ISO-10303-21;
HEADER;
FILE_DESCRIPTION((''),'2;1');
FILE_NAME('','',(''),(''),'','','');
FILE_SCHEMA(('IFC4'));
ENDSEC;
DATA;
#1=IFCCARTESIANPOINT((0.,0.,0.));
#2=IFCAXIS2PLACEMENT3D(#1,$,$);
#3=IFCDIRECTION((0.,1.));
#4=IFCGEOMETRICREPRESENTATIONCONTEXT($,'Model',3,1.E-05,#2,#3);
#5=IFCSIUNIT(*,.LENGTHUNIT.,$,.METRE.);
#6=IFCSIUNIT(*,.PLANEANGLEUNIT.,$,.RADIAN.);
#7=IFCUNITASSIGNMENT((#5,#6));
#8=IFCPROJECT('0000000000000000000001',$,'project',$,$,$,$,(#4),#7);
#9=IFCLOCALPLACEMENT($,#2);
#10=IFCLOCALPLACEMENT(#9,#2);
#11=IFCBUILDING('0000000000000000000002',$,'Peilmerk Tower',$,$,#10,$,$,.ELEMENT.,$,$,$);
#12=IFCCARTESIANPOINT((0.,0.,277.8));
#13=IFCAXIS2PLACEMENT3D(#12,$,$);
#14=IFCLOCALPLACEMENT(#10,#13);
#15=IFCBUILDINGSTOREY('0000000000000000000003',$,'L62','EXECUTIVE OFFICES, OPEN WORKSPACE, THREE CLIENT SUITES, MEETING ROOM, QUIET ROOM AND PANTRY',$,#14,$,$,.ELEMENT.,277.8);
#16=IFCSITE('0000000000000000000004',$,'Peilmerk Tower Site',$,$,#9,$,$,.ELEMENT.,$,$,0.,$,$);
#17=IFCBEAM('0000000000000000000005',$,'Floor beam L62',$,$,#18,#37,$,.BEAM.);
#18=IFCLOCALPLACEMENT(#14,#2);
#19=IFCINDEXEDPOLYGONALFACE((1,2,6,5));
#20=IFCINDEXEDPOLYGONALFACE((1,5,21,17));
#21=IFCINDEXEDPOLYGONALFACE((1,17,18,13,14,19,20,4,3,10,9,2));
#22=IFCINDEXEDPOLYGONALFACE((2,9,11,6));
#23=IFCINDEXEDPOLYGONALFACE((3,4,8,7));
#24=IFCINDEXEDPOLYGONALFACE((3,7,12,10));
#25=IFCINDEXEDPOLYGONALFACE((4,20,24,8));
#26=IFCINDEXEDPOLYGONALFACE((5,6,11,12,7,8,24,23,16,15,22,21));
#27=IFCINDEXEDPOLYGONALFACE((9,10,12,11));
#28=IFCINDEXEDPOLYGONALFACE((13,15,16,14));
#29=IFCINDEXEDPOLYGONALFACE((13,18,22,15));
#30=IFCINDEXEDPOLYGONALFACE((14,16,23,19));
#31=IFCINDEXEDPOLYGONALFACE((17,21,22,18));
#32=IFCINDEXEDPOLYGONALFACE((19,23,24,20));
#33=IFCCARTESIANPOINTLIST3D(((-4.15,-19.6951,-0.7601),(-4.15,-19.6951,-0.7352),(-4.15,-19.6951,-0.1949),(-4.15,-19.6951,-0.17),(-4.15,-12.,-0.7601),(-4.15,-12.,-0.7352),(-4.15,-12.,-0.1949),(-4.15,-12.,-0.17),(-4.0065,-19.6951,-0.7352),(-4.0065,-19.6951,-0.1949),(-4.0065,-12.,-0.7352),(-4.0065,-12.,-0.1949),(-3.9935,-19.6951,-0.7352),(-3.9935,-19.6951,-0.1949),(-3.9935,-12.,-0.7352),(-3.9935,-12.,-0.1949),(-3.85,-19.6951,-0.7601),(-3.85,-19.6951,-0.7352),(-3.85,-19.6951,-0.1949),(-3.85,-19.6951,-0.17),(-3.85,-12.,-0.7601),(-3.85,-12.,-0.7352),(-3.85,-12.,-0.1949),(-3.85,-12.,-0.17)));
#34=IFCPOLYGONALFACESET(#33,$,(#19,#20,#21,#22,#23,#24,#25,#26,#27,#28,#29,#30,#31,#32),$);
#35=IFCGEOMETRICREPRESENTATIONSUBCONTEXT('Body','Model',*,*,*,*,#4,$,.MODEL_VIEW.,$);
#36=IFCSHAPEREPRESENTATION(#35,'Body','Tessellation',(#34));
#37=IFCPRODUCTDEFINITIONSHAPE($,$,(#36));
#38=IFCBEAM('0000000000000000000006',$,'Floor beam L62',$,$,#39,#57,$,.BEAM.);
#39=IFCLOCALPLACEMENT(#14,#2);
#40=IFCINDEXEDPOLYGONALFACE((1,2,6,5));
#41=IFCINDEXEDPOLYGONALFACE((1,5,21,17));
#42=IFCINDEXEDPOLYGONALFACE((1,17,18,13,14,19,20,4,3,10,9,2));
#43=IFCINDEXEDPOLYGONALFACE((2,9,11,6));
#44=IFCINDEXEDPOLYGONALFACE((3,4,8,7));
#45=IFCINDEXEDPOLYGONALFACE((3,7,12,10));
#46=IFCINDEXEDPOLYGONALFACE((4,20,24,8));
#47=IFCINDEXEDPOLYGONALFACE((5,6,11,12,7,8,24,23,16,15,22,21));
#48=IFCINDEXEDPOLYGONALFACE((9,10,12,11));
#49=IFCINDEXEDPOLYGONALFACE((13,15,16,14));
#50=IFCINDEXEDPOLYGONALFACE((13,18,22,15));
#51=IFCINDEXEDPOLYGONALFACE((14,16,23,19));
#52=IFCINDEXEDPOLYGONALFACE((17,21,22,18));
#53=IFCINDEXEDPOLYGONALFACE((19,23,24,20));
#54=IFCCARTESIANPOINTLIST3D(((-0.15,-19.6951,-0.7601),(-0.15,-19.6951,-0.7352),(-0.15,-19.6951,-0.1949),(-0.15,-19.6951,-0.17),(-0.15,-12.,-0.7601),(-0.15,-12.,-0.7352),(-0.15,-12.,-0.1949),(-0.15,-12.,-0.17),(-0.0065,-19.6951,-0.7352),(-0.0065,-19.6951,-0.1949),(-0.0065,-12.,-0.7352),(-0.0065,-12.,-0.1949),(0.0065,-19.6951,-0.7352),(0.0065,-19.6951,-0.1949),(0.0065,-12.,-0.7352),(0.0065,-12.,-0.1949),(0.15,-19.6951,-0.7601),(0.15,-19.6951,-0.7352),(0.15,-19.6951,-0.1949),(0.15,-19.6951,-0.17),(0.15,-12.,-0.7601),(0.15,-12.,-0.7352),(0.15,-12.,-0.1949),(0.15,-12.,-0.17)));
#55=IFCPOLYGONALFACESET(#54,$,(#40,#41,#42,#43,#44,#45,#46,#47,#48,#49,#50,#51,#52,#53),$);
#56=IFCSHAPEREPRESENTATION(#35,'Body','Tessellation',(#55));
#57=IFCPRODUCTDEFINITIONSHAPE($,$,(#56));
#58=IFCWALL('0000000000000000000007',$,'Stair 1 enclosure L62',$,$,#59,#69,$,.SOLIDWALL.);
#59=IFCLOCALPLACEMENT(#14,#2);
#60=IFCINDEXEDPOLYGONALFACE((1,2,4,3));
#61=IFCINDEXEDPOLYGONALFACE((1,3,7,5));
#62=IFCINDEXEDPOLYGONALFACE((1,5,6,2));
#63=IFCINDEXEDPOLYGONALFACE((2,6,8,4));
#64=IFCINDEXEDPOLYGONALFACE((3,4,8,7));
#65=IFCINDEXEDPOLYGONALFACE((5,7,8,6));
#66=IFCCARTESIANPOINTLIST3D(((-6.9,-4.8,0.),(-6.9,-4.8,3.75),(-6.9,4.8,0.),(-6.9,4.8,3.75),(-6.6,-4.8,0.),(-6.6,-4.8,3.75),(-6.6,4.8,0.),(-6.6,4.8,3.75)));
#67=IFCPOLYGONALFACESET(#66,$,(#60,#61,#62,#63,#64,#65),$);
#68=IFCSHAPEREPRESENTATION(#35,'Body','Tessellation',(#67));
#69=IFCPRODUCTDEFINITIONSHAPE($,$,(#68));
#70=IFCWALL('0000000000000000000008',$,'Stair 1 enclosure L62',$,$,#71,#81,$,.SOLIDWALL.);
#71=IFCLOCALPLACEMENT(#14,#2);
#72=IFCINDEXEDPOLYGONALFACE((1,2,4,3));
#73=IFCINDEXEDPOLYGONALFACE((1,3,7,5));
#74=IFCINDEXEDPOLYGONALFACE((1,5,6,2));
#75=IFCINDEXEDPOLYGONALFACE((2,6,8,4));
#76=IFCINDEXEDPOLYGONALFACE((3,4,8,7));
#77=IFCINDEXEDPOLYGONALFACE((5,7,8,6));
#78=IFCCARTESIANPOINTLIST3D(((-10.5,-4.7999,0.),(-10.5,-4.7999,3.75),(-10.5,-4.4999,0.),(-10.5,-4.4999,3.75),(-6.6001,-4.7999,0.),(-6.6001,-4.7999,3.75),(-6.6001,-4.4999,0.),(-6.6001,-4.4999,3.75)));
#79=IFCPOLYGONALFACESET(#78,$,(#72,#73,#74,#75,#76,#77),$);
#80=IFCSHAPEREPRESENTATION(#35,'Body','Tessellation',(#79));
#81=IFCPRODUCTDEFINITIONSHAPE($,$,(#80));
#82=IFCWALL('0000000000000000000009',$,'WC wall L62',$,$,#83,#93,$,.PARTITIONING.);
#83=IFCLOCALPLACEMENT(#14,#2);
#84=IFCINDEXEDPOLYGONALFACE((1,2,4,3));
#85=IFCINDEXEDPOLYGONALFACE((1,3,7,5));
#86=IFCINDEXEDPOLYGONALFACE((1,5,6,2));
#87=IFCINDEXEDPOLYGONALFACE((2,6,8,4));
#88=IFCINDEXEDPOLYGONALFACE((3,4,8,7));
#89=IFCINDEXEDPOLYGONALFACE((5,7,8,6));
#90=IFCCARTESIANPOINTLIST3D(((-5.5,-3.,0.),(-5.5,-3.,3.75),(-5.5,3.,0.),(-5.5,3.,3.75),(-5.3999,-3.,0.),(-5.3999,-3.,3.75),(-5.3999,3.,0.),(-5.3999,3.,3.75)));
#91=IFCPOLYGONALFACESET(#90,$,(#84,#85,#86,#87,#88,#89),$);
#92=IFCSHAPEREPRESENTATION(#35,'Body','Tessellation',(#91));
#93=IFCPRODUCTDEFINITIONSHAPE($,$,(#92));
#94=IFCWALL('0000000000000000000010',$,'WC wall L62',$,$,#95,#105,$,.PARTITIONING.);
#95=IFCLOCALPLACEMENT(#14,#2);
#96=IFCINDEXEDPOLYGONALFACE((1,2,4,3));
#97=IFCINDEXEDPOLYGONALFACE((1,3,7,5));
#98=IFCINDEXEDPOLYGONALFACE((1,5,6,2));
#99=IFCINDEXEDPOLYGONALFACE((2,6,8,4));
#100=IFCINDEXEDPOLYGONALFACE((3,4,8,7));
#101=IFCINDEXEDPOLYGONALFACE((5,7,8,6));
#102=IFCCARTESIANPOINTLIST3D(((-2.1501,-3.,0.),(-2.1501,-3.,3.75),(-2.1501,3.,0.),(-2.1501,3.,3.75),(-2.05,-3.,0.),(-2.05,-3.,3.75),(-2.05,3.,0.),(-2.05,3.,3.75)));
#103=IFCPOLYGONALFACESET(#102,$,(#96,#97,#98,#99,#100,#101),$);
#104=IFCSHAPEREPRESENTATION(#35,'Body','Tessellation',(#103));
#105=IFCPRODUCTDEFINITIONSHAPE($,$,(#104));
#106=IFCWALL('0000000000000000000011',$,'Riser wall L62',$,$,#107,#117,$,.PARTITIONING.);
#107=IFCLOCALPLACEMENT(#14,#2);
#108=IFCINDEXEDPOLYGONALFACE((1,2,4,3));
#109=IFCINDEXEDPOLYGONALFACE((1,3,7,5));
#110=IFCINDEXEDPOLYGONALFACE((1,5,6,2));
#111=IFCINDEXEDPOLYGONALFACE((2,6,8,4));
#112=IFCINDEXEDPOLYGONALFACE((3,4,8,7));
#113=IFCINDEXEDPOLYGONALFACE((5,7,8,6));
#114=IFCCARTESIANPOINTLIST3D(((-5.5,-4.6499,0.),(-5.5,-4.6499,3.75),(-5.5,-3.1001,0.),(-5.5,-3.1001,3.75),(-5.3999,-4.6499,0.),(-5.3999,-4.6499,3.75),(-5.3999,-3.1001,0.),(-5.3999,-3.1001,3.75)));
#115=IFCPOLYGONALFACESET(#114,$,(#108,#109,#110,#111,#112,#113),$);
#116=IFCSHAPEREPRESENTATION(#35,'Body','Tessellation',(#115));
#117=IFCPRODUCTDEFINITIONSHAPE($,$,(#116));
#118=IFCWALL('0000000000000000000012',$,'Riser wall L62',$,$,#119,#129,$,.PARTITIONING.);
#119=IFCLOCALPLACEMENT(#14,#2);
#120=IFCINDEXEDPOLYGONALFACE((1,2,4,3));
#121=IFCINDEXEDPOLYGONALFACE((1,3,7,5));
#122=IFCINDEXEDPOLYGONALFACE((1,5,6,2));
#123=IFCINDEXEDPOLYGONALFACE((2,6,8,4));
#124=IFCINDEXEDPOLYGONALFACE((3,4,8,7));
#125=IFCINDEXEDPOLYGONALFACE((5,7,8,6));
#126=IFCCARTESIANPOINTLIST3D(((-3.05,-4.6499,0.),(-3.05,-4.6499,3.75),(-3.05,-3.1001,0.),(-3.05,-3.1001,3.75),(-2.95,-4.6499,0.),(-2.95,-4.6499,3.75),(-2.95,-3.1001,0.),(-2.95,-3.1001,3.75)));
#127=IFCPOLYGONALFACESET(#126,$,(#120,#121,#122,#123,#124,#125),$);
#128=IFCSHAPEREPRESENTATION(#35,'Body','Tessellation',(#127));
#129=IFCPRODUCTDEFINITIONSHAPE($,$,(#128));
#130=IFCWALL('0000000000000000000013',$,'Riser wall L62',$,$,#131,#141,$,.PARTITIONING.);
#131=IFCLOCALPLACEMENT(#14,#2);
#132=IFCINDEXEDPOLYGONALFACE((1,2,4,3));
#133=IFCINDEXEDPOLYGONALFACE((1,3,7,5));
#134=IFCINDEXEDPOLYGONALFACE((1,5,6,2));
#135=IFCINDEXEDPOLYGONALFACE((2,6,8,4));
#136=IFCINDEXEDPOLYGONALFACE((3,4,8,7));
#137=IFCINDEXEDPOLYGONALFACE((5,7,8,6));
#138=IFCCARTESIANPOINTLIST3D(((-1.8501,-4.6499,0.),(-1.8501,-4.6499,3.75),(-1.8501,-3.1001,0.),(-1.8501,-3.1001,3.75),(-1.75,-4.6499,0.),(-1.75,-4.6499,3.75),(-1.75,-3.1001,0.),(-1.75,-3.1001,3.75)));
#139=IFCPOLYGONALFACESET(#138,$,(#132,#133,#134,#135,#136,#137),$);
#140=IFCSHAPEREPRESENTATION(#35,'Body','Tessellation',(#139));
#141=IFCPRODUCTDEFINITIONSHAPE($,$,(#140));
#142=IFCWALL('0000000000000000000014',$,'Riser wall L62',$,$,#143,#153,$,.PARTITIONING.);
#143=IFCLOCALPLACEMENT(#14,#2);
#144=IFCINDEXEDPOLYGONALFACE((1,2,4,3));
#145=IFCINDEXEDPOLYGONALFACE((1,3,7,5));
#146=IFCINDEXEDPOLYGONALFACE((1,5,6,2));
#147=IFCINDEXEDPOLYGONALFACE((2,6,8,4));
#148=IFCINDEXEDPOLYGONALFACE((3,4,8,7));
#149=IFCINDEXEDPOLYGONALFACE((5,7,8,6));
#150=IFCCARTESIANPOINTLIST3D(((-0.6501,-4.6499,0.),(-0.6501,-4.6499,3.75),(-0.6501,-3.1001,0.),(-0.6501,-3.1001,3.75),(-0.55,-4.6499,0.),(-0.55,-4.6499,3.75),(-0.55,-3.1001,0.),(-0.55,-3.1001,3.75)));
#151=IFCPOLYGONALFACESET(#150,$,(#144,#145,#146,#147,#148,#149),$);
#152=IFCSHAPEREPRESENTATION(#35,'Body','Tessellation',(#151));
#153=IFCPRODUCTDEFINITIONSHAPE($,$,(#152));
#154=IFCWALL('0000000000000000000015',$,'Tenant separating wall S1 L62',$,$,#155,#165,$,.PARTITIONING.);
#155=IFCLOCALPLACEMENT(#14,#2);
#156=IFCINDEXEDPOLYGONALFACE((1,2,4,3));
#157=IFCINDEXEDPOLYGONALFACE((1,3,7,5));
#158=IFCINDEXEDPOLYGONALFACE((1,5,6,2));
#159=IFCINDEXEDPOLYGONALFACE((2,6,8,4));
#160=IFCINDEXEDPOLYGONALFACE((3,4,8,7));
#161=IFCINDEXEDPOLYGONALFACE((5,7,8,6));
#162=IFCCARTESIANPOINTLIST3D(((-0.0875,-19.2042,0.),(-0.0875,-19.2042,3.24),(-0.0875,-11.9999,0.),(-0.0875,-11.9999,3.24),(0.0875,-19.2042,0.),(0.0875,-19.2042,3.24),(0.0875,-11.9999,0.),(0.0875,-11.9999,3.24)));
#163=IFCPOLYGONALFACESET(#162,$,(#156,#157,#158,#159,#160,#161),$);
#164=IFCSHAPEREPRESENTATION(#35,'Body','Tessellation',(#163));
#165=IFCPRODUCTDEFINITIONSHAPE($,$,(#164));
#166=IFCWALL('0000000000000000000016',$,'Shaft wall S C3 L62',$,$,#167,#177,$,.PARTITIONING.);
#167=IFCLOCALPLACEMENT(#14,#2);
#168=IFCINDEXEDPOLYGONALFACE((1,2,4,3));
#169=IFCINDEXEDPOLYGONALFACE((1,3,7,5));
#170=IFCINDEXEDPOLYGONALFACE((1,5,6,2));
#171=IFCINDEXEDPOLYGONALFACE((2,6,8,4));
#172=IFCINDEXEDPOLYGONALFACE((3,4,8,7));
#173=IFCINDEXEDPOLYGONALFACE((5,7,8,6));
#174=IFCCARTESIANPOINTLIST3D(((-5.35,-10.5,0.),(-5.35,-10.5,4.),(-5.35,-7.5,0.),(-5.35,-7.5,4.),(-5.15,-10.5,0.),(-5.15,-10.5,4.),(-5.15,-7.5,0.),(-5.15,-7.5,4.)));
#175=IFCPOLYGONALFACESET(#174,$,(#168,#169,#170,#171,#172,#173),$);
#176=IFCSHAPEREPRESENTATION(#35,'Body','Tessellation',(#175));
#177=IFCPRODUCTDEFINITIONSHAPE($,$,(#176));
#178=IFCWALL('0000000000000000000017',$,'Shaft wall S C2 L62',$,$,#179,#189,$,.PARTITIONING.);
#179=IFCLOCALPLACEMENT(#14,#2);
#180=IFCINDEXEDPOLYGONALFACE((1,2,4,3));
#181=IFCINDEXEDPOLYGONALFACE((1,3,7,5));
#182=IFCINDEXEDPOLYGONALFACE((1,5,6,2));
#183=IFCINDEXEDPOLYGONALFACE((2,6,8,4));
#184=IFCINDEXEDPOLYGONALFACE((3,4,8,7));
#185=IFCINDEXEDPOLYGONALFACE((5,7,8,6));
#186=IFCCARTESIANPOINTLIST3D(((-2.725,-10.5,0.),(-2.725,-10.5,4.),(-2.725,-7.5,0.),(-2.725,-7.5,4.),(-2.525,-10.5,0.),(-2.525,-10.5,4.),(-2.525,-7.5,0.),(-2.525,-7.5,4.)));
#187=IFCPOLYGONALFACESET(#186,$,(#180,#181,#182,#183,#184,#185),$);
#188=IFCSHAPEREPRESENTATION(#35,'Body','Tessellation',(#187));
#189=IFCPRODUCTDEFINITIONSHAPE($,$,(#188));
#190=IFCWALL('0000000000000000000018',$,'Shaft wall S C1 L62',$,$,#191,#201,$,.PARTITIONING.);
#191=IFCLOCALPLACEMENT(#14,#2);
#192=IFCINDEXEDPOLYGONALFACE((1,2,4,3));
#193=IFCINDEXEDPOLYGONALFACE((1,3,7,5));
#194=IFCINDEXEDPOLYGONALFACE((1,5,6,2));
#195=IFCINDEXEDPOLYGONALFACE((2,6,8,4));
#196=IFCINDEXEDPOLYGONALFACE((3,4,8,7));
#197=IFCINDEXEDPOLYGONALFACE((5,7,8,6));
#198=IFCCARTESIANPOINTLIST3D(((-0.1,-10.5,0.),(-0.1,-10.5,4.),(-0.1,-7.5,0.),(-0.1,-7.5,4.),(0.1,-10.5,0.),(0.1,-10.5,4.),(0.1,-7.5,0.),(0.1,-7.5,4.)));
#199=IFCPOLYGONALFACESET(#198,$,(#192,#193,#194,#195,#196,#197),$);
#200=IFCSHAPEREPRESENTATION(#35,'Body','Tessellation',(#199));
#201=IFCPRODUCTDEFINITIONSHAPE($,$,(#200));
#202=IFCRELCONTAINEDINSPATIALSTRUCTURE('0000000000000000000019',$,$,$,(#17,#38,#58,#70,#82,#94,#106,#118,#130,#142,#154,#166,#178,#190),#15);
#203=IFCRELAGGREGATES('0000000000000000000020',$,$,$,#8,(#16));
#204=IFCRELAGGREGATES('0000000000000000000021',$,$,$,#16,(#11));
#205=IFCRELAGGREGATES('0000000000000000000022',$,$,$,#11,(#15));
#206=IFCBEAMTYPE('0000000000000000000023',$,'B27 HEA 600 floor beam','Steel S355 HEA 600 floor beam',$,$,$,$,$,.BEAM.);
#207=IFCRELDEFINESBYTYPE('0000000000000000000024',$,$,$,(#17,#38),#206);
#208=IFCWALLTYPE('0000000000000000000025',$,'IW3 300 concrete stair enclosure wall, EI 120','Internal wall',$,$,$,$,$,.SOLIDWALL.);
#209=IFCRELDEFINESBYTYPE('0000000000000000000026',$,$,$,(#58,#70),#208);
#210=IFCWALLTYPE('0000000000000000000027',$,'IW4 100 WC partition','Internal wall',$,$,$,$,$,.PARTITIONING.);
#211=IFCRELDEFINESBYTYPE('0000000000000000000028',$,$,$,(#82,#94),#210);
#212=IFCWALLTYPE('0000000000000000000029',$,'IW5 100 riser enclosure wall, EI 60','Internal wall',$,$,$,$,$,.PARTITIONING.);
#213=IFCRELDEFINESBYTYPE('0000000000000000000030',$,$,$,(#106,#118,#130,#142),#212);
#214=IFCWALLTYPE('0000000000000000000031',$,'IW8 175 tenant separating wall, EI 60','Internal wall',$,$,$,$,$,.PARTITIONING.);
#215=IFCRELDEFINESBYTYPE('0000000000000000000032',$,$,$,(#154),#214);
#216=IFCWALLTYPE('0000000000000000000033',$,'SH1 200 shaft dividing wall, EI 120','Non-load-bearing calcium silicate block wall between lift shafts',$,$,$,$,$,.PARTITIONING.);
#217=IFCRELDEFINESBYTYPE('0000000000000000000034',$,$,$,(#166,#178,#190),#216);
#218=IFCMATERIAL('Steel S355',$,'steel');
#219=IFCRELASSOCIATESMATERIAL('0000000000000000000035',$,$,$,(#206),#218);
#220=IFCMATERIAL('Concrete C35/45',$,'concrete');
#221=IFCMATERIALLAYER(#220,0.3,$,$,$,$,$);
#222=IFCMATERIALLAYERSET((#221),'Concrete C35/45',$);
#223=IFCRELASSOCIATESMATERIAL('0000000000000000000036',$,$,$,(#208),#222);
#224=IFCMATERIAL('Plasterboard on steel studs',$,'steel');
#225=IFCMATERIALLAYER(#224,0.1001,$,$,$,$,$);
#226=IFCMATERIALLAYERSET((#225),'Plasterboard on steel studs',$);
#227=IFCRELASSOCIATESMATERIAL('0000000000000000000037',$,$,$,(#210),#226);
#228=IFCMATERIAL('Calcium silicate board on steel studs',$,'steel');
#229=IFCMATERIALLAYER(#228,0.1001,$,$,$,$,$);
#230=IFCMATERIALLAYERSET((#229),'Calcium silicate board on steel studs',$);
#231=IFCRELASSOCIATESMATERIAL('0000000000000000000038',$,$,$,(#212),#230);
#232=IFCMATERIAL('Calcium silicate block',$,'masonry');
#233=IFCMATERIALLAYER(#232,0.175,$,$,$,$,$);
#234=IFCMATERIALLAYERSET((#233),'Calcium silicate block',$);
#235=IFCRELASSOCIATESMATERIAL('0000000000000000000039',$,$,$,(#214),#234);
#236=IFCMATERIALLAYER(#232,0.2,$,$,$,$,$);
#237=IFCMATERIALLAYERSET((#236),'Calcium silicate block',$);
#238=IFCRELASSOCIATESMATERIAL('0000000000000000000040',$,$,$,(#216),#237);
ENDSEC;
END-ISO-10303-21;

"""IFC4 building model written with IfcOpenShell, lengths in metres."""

from ifc_helpers import new_model, si_unit, direction, frame, frame_2d, origin, origin_2d, place, context, subcontext, project, spatial, rectangle, i_section, extrude, material, layer, layer_set, material_profile, profile_set, type_object, element, save


model = new_model("IFC4")

# Units and contexts
model_context = context("Model", 3, precision=1e-05, world=origin(), true_north=direction((0.0, 1.0)))
body_context = subcontext(model_context, "Body", "Model", "MODEL_VIEW")
ifc_project = project(units=[si_unit("LENGTHUNIT", "METRE"), si_unit("PLANEANGLEUNIT", "RADIAN")], contexts=[model_context])

# Site, building, storey
site_placement = place(None, origin())
site = spatial("IfcSite", under=ifc_project, at=site_placement, Name="Peilmerk Tower Site", CompositionType="ELEMENT", RefElevation=0.0)
building_placement = place(site_placement, origin())
building = spatial("IfcBuilding", under=site, at=building_placement, Name="Peilmerk Tower", CompositionType="ELEMENT")
storey_placement = place(building_placement, frame((0.0, 0.0, 277.8)))
storey = spatial("IfcBuildingStorey", under=building, at=storey_placement, Name="L62", Description="EXECUTIVE OFFICES, OPEN WORKSPACE, THREE CLIENT SUITES, MEETING ROOM, QUIET ROOM AND PANTRY", CompositionType="ELEMENT", Elevation=277.8)

# Beams
ifc_material_1 = material(Name="Steel S355", Category="steel")
ifc_material_profile = material_profile(ifc_material_1, i_section(OverallWidth=0.3, OverallDepth=0.5901, WebThickness=0.0129, FlangeThickness=0.0249, at=origin_2d()), Name="HEA 600")
ifc_profile_set = profile_set([ifc_material_profile], Name="Steel S355")
beam_type = type_object("IfcBeamType", Name="B27 HEA 600 floor beam", Description="Steel S355 HEA 600 floor beam", PredefinedType="BEAM", material=ifc_profile_set)
for number, where, z_axis, x_axis, name in (
    (1, (-4.0, -12.0, -0.4651), (0.0, -1.0, 0.0), (1.0, 0.0, 0.0), "Floor beam L62"),
    (2, (0.0, -12.0, -0.4651), (0.0, -1.0, 0.0), (1.0, 0.0, 0.0), "Floor beam L62"),
):
    element("IfcBeam", number, at=place(storey_placement, frame(where, z_axis=z_axis, x_axis=x_axis)), inside=storey, type_object=beam_type, Name=name, PredefinedType="BEAM", context=body_context, shape_type="SweptSolid", body=[
        extrude(i_section(OverallWidth=0.3, OverallDepth=0.5901, WebThickness=0.0129, FlangeThickness=0.0249, at=origin_2d()), origin(), (0.0, 0.0, 1.0), 7.6951),
    ])

# Walls
ifc_material_2 = material(Name="Concrete C35/45", Category="concrete")
ifc_layer_1 = layer(ifc_material_2, 0.3)
ifc_layer_set_1 = layer_set([ifc_layer_1], Name="Concrete C35/45")
wall_type_1 = type_object("IfcWallType", Name="IW3 300 concrete stair enclosure wall, EI 120", Description="Internal wall", PredefinedType="SOLIDWALL", material=ifc_layer_set_1)
wall_1_placement = place(storey_placement, frame((-6.75, -4.8, 0.0), z_axis=(0.0, 0.0, 1.0), x_axis=(0.0, 1.0, 0.0)))
element("IfcWall", 3, at=wall_1_placement, inside=storey, type_object=wall_type_1, Name="Stair 1 enclosure L62", PredefinedType="SOLIDWALL", context=body_context, shape_type="SweptSolid", body=[
    extrude(rectangle(XDim=9.6001, YDim=0.3, at=frame_2d((4.8, 0.0))), origin(), (0.0, 0.0, 1.0), 3.75),
])
wall_2_placement = place(storey_placement, frame((-6.6001, -4.6499, 0.0), z_axis=(0.0, 0.0, 1.0), x_axis=(-1.0, 0.0, 0.0)))
element("IfcWall", 4, at=wall_2_placement, inside=storey, type_object=wall_type_1, Name="Stair 1 enclosure L62", PredefinedType="SOLIDWALL", context=body_context, shape_type="SweptSolid", body=[
    extrude(rectangle(XDim=3.8999, YDim=0.3, at=frame_2d((1.95, 0.0))), origin(), (0.0, 0.0, 1.0), 3.75),
])
ifc_material_3 = material(Name="Plasterboard on steel studs", Category="steel")
ifc_layer_2 = layer(ifc_material_3, 0.1001)
ifc_layer_set_2 = layer_set([ifc_layer_2], Name="Plasterboard on steel studs")
wall_type_2 = type_object("IfcWallType", Name="IW4 100 WC partition", Description="Internal wall", PredefinedType="PARTITIONING", material=ifc_layer_set_2)
for number, where, z_axis, x_axis, name in (
    (5, (-5.45, -3.0, 0.0), (0.0, 0.0, 1.0), (0.0, 1.0, 0.0), "WC wall L62"),
    (6, (-2.1001, -3.0, 0.0), (0.0, 0.0, 1.0), (0.0, 1.0, 0.0), "WC wall L62"),
):
    element("IfcWall", number, at=place(storey_placement, frame(where, z_axis=z_axis, x_axis=x_axis)), inside=storey, type_object=wall_type_2, Name=name, PredefinedType="PARTITIONING", context=body_context, shape_type="SweptSolid", body=[
        extrude(rectangle(XDim=6.0, YDim=0.1001, at=frame_2d((3.0, 0.0))), origin(), (0.0, 0.0, 1.0), 3.75),
    ])
ifc_material_4 = material(Name="Calcium silicate board on steel studs", Category="steel")
ifc_layer_3 = layer(ifc_material_4, 0.1001)
ifc_layer_set_3 = layer_set([ifc_layer_3], Name="Calcium silicate board on steel studs")
wall_type_3 = type_object("IfcWallType", Name="IW5 100 riser enclosure wall, EI 60", Description="Internal wall", PredefinedType="PARTITIONING", material=ifc_layer_set_3)
for number, where, z_axis, x_axis, name in (
    (7, (-5.45, -3.1001, 0.0), (0.0, 0.0, 1.0), (0.0, -1.0, 0.0), "Riser wall L62"),
    (8, (-3.0, -3.1001, 0.0), (0.0, 0.0, 1.0), (0.0, -1.0, 0.0), "Riser wall L62"),
    (9, (-1.8, -3.1001, 0.0), (0.0, 0.0, 1.0), (0.0, -1.0, 0.0), "Riser wall L62"),
    (10, (-0.6001, -3.1001, 0.0), (0.0, 0.0, 1.0), (0.0, -1.0, 0.0), "Riser wall L62"),
):
    element("IfcWall", number, at=place(storey_placement, frame(where, z_axis=z_axis, x_axis=x_axis)), inside=storey, type_object=wall_type_3, Name=name, PredefinedType="PARTITIONING", context=body_context, shape_type="SweptSolid", body=[
        extrude(rectangle(XDim=1.5498, YDim=0.1001, at=frame_2d((0.7749, 0.0))), origin(), (0.0, 0.0, 1.0), 3.75),
    ])
ifc_material_5 = material(Name="Calcium silicate block", Category="masonry")
ifc_layer_4 = layer(ifc_material_5, 0.175)
ifc_layer_set_4 = layer_set([ifc_layer_4], Name="Calcium silicate block")
wall_type_4 = type_object("IfcWallType", Name="IW8 175 tenant separating wall, EI 60", Description="Internal wall", PredefinedType="PARTITIONING", material=ifc_layer_set_4)
wall_3_placement = place(storey_placement, frame((0.0, -12.0, 0.0), z_axis=(0.0, 0.0, 1.0), x_axis=(0.0, -1.0, 0.0)))
element("IfcWall", 11, at=wall_3_placement, inside=storey, type_object=wall_type_4, Name="Tenant separating wall S1 L62", PredefinedType="PARTITIONING", context=body_context, shape_type="SweptSolid", body=[
    extrude(rectangle(XDim=7.2043, YDim=0.175, at=frame_2d((3.6021, 0.0))), origin(), (0.0, 0.0, 1.0), 3.24),
])
ifc_layer_5 = layer(ifc_material_5, 0.2)
ifc_layer_set_5 = layer_set([ifc_layer_5], Name="Calcium silicate block")
wall_type_5 = type_object("IfcWallType", Name="SH1 200 shaft dividing wall, EI 120", Description="Non-load-bearing calcium silicate block wall between lift shafts", PredefinedType="PARTITIONING", material=ifc_layer_set_5)
for number, where, z_axis, x_axis, name in (
    (12, (-5.25, -10.5, 0.0), (0.0, 0.0, 1.0), (0.0, 1.0, 0.0), "Shaft wall S C3 L62"),
    (13, (-2.625, -10.5, 0.0), (0.0, 0.0, 1.0), (0.0, 1.0, 0.0), "Shaft wall S C2 L62"),
    (14, (0.0, -10.5, 0.0), (0.0, 0.0, 1.0), (0.0, 1.0, 0.0), "Shaft wall S C1 L62"),
):
    element("IfcWall", number, at=place(storey_placement, frame(where, z_axis=z_axis, x_axis=x_axis)), inside=storey, type_object=wall_type_5, Name=name, PredefinedType="PARTITIONING", context=body_context, shape_type="SweptSolid", body=[
        extrude(rectangle(XDim=3.0, YDim=0.2, at=frame_2d((1.5, 0.0))), origin(), (0.0, 0.0, 1.0), 4.0),
    ])

save(model, "model.ifc")
